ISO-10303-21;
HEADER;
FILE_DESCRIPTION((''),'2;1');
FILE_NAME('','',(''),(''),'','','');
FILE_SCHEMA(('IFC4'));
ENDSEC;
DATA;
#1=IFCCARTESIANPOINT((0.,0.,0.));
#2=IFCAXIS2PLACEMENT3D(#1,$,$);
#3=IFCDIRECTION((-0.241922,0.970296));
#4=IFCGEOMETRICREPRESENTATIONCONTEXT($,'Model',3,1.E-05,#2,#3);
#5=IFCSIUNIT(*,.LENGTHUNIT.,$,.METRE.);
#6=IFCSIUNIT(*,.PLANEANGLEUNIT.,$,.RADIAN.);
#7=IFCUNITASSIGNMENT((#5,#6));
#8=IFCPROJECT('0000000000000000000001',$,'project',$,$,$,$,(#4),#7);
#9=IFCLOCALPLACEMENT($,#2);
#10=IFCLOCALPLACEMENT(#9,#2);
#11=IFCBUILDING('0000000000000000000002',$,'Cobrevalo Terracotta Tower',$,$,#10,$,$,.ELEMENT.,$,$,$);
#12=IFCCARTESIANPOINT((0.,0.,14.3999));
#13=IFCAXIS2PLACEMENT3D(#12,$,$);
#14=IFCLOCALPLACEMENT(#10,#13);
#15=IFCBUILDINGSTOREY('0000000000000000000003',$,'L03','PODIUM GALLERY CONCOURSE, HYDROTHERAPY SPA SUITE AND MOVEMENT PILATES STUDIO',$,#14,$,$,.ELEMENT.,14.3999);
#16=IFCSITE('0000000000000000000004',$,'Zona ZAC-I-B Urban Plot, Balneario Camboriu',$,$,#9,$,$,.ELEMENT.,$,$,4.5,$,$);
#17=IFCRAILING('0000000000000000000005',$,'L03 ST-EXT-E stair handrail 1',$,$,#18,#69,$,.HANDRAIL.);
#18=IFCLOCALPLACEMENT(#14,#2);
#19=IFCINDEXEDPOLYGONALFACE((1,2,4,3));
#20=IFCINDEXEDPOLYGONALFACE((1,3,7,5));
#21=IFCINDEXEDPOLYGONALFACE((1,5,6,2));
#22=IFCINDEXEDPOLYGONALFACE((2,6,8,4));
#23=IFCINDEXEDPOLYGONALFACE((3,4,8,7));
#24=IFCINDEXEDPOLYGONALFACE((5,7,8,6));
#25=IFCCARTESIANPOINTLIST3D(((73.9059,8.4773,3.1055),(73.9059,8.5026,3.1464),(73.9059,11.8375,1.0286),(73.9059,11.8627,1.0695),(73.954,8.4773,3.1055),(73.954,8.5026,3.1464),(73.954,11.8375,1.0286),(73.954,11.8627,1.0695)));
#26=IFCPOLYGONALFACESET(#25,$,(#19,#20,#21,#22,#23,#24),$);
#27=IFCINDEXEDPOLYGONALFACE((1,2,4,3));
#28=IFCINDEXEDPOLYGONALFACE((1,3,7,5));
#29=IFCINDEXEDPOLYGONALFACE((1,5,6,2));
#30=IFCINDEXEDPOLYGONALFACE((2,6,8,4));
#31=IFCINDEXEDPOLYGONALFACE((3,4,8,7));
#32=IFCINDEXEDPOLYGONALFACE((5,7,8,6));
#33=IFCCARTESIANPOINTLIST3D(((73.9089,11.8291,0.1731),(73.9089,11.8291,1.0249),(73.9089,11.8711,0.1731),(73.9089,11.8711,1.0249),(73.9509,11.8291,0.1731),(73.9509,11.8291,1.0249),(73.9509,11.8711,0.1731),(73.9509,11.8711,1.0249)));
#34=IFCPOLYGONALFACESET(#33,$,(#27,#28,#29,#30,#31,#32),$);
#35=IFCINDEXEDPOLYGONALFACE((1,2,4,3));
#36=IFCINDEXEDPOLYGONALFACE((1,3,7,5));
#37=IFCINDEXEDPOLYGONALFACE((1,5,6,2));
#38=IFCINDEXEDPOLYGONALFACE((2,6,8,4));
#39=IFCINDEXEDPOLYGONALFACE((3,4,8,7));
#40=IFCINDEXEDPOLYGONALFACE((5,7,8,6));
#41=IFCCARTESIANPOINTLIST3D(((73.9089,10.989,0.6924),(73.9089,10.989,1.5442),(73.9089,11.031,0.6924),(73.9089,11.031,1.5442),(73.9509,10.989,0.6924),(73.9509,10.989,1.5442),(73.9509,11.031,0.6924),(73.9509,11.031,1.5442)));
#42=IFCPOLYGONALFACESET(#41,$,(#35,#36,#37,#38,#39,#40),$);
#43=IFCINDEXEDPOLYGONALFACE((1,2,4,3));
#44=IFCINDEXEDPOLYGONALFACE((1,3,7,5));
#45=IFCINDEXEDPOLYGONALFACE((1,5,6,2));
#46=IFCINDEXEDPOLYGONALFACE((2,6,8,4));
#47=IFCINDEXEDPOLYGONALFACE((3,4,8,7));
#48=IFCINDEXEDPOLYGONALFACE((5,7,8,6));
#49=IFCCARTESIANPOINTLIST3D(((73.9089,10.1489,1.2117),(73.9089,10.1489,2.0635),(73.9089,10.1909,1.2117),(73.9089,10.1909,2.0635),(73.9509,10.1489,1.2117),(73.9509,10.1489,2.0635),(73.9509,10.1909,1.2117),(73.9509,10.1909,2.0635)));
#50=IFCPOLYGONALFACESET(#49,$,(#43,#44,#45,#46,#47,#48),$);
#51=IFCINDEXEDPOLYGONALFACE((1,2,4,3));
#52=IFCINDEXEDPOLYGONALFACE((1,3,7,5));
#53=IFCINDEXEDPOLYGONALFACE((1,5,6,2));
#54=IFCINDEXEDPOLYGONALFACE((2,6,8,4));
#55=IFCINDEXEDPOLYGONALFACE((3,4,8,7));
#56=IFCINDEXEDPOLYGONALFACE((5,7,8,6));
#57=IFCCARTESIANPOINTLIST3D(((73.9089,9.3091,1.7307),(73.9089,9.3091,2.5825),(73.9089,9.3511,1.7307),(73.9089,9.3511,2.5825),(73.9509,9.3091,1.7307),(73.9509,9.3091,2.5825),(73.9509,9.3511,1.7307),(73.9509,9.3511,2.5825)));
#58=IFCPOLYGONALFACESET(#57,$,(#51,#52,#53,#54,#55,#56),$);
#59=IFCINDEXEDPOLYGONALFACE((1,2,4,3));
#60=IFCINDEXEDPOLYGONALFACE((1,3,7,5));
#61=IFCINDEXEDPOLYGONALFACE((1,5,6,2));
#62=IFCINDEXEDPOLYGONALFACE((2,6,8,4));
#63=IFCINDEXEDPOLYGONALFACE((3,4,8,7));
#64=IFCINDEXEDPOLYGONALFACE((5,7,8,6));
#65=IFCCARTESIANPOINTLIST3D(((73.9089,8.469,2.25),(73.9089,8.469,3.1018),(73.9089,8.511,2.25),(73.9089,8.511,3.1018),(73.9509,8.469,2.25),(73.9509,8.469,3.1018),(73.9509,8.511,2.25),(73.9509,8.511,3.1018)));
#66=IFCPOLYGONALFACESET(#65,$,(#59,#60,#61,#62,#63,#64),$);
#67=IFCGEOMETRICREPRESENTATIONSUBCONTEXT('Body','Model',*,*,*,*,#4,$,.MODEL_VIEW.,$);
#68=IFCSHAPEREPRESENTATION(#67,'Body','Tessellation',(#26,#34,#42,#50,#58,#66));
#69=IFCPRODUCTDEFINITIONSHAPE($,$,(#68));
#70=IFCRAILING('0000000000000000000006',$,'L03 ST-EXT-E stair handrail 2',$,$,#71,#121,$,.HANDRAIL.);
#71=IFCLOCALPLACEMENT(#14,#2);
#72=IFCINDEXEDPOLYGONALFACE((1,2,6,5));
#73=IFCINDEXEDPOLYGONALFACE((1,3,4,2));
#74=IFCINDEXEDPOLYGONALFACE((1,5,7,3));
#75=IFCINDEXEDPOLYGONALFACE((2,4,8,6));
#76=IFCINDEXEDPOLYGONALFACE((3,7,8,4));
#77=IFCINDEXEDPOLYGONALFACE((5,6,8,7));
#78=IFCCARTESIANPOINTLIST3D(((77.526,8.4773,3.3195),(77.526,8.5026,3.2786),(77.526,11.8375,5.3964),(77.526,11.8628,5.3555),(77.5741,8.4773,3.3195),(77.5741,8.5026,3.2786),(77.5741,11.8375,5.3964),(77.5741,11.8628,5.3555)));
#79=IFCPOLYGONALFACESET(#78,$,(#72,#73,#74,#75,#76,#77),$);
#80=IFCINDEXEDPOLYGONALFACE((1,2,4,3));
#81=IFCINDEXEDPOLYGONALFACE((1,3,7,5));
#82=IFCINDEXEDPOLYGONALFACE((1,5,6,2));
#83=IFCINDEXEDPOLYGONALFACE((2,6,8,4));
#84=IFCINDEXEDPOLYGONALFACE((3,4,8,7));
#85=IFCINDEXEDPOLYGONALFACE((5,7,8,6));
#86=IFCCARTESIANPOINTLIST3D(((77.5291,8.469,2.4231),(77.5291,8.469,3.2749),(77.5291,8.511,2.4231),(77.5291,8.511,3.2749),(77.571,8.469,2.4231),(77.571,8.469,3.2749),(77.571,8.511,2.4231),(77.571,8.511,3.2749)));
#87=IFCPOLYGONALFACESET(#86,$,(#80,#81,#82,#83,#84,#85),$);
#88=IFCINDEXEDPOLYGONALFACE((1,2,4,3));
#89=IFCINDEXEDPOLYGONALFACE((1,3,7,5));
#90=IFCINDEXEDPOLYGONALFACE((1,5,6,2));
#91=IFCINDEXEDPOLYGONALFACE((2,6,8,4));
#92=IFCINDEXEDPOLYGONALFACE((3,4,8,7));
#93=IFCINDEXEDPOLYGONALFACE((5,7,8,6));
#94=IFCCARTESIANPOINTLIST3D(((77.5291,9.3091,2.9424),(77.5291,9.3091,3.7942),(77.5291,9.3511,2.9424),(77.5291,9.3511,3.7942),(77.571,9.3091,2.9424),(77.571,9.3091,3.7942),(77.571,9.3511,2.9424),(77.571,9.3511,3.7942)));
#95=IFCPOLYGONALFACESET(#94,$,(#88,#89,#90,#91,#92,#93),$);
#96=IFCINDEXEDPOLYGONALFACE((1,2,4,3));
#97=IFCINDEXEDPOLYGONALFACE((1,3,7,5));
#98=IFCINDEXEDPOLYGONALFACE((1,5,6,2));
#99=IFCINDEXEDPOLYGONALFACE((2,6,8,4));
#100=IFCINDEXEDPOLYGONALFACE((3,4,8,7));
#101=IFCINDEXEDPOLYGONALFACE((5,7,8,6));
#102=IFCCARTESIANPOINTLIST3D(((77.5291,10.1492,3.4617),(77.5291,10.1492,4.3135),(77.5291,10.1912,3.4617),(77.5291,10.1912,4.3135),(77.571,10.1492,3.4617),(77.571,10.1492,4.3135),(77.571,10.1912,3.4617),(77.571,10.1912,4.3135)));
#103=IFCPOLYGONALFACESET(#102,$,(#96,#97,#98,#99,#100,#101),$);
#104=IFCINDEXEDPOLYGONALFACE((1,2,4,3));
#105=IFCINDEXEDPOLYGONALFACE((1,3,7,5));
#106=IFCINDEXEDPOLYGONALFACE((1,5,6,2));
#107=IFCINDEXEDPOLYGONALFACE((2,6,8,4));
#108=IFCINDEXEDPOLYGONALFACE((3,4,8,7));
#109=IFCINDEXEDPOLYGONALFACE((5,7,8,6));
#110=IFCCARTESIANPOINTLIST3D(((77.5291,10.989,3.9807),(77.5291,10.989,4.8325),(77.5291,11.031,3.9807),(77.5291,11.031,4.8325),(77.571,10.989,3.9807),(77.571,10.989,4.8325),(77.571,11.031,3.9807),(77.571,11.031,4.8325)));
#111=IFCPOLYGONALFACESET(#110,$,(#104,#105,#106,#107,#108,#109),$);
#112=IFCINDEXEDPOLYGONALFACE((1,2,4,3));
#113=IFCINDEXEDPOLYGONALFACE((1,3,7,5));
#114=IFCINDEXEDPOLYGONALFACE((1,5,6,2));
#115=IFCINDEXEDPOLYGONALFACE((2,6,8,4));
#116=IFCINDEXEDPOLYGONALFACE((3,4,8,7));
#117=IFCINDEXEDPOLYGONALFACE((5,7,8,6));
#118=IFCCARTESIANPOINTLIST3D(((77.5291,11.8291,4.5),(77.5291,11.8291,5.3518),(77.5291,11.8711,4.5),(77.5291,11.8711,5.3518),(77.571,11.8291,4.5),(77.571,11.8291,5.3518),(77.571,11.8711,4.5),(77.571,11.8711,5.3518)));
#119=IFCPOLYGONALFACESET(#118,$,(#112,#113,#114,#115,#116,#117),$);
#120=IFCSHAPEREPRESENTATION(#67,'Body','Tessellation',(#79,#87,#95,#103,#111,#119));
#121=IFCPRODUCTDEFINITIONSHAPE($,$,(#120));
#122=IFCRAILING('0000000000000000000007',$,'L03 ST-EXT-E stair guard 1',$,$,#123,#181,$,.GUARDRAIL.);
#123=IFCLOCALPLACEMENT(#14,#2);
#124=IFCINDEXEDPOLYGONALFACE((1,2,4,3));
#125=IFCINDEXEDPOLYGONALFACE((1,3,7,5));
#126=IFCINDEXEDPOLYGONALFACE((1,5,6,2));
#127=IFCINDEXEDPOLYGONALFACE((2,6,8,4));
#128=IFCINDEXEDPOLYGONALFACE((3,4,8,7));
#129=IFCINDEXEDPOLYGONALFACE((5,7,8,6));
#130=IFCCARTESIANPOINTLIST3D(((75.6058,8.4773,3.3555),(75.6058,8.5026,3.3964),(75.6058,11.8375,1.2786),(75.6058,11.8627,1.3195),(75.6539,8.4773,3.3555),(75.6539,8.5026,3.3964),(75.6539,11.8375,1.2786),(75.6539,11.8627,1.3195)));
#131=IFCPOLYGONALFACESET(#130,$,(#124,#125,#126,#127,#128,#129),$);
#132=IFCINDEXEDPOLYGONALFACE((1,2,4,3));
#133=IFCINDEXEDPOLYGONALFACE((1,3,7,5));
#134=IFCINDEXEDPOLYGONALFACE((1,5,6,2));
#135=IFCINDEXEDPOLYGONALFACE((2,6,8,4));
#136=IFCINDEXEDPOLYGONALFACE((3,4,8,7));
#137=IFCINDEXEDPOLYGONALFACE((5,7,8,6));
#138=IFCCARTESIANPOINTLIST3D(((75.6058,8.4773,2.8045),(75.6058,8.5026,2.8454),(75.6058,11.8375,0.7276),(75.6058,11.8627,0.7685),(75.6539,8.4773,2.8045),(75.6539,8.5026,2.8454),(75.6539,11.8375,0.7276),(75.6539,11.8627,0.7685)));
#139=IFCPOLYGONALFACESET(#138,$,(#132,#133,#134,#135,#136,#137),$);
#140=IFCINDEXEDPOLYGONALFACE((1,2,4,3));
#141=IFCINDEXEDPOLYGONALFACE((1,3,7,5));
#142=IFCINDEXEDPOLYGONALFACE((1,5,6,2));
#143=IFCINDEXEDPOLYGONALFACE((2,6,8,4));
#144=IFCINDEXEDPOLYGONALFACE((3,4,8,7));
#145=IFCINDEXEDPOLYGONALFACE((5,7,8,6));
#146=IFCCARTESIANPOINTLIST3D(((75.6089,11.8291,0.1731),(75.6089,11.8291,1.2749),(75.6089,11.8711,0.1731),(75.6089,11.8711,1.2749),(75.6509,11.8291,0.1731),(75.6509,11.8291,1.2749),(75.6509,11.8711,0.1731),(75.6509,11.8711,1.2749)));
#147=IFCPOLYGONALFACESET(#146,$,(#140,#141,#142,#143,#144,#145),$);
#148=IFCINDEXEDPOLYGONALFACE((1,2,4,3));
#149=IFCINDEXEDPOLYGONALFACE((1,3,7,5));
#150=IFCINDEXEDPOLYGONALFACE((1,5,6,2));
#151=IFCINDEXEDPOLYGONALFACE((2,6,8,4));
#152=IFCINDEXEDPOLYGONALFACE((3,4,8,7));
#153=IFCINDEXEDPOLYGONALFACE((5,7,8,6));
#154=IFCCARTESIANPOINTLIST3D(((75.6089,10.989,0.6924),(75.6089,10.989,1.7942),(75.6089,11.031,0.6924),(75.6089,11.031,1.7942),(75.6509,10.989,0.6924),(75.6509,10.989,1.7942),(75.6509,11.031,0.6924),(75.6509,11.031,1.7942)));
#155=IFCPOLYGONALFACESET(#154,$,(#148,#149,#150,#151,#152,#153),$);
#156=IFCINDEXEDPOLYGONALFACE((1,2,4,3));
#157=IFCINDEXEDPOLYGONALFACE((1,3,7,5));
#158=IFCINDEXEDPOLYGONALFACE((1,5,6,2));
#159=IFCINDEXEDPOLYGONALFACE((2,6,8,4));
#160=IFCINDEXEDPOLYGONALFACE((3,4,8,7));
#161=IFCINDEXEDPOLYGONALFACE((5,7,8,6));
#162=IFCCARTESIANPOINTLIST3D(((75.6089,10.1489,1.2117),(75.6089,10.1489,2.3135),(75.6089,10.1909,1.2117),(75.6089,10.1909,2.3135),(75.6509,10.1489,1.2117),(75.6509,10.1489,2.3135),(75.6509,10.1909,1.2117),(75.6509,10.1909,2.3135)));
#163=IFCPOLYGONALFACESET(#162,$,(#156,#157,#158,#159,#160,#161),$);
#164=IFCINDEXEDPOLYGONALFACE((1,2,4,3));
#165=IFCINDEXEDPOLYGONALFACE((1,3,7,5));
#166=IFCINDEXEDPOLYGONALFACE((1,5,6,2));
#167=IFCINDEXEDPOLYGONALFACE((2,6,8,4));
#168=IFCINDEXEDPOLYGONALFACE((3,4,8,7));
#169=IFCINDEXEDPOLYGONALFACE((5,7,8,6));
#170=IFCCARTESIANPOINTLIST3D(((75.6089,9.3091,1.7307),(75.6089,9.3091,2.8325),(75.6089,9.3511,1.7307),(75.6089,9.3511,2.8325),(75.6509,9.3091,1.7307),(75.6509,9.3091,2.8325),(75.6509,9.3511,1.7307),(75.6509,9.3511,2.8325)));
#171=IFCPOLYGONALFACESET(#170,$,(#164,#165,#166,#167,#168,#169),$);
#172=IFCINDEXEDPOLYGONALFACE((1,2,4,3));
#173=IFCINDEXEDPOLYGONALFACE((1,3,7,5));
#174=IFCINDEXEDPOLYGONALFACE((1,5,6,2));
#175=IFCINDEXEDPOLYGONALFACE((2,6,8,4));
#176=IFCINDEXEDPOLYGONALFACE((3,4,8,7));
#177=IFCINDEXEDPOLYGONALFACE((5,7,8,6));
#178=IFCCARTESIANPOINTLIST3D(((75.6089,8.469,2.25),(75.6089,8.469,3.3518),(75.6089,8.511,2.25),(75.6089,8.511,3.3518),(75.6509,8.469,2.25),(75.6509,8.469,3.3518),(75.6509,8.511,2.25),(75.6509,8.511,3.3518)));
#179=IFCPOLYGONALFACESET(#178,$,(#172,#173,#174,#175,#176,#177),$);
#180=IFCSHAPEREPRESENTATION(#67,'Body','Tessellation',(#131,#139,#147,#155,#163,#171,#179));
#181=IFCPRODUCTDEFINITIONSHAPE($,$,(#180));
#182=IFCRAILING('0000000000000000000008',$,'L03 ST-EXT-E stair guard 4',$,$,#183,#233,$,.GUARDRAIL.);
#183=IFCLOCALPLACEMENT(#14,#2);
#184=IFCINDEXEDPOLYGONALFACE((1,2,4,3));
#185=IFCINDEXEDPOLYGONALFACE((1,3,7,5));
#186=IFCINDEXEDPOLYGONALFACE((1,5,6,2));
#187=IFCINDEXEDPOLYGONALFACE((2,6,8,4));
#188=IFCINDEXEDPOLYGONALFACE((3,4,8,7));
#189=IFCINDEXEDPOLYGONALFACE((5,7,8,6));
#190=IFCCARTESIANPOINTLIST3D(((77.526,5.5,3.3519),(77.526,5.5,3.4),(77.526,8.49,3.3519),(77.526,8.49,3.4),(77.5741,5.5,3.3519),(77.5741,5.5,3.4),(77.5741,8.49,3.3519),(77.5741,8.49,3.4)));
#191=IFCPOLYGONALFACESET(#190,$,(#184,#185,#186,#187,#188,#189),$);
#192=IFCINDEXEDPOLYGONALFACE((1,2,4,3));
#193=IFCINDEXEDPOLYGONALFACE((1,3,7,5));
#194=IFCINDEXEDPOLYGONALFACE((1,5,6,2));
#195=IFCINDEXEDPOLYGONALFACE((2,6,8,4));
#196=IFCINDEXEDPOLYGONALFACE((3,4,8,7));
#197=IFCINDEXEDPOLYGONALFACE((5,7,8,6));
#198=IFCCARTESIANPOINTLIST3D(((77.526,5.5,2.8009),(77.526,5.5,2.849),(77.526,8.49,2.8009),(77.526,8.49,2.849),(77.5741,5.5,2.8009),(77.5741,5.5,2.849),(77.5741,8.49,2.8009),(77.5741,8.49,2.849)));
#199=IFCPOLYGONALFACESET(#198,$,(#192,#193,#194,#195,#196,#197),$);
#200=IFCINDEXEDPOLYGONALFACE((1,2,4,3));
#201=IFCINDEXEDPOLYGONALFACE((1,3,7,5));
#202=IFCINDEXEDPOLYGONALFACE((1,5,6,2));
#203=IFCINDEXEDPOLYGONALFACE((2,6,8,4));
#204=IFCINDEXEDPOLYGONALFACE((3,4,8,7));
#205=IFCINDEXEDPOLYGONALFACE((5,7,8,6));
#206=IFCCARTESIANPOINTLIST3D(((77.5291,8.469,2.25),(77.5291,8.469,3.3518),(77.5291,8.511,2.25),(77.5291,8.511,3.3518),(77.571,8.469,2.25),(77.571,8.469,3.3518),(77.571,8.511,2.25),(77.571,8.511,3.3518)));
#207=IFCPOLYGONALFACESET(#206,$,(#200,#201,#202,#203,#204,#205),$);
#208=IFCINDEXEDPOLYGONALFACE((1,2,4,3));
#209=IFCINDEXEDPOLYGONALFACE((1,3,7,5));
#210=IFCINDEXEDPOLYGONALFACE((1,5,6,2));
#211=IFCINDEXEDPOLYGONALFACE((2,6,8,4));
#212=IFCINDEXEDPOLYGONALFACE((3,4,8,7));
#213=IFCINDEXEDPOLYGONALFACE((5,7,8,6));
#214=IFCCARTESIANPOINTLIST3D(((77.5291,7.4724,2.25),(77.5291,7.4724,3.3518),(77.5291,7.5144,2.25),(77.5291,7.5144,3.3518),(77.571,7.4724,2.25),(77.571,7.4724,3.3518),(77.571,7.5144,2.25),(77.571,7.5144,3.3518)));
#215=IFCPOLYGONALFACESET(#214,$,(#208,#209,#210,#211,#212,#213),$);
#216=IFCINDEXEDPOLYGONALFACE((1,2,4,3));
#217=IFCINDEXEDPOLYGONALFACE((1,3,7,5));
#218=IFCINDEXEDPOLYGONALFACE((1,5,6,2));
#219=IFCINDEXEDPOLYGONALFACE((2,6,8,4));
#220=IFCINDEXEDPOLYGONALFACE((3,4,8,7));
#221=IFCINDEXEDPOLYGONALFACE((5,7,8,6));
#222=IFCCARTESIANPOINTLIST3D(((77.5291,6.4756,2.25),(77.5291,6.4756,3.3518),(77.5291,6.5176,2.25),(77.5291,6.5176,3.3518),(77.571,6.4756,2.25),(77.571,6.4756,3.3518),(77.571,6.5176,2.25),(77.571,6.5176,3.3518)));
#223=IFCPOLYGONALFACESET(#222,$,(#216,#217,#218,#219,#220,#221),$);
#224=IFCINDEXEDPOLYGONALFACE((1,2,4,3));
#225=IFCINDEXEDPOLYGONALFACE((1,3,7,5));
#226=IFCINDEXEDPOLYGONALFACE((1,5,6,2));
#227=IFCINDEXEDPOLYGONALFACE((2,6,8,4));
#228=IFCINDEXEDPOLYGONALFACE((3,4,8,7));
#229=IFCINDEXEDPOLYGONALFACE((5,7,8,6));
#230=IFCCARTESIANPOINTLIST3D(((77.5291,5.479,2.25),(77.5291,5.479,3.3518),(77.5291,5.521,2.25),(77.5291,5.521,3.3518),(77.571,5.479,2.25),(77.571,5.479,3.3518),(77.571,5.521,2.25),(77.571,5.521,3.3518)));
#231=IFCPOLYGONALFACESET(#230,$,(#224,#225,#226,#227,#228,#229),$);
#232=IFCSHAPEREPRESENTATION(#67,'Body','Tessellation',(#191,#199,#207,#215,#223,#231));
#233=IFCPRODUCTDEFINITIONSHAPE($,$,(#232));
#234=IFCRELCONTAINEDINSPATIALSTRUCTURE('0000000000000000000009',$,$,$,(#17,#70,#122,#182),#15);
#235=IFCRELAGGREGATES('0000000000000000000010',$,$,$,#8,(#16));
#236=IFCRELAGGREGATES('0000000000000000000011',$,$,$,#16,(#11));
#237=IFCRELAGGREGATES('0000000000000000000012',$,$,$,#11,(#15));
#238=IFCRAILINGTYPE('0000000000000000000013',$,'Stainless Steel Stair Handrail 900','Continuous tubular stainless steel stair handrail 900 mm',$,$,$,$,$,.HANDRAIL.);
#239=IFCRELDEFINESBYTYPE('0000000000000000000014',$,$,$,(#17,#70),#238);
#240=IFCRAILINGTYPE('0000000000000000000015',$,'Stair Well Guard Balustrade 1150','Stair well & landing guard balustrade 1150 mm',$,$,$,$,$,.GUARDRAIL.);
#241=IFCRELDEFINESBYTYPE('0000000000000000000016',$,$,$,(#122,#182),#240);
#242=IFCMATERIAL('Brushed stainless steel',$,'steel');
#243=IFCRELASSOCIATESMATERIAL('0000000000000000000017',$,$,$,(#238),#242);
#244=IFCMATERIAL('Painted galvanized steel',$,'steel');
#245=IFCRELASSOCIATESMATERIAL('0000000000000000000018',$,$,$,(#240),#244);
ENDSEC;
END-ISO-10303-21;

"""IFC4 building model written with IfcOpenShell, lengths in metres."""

from ifc_helpers import new_model, si_unit, direction, frame, origin, origin_2d, place, context, subcontext, project, spatial, rectangle, extrude, material, type_object, element, save


model = new_model("IFC4")

# Units and contexts
model_context = context("Model", 3, precision=1e-05, world=origin(), true_north=direction((-0.241922, 0.970296)))
body_context = subcontext(model_context, "Body", "Model", "MODEL_VIEW")
ifc_project = project(units=[si_unit("LENGTHUNIT", "METRE"), si_unit("PLANEANGLEUNIT", "RADIAN")], contexts=[model_context])

# Site, building, storey
site_placement = place(None, origin())
site = spatial("IfcSite", under=ifc_project, at=site_placement, Name="Zona ZAC-I-B Urban Plot, Balneario Camboriu", CompositionType="ELEMENT", RefElevation=4.5)
building_placement = place(site_placement, origin())
building = spatial("IfcBuilding", under=site, at=building_placement, Name="Cobrevalo Terracotta Tower", CompositionType="ELEMENT")
storey_placement = place(building_placement, frame((0.0, 0.0, 14.3999)))
storey = spatial("IfcBuildingStorey", under=building, at=storey_placement, Name="L03", Description="PODIUM GALLERY CONCOURSE, HYDROTHERAPY SPA SUITE AND MOVEMENT PILATES STUDIO", CompositionType="ELEMENT", Elevation=14.3999)

# Railings
ifc_material_1 = material(Name="Brushed stainless steel", Category="steel")
railing_type_1 = type_object("IfcRailingType", Name="Stainless Steel Stair Handrail 900", Description="Continuous tubular stainless steel stair handrail 900 mm", PredefinedType="HANDRAIL", material=ifc_material_1)
railing_1_placement = place(storey_placement, frame((73.9299, 11.8501, 0.1731)))
element("IfcRailing", 1, at=railing_1_placement, inside=storey, type_object=railing_type_1, Name="L03 ST-EXT-E stair handrail 1", PredefinedType="HANDRAIL", context=body_context, shape_type="SweptSolid", body=[
    extrude(rectangle(XDim=0.0481, YDim=0.0481, at=origin_2d()), frame((0.0, 0.0, 0.876), z_axis=(0.0, -0.850623, 0.525776), x_axis=(1.0, 0.0, 0.0)), (0.0, 0.0, 1.0), 3.9502),
    extrude(rectangle(XDim=0.042, YDim=0.042, at=origin_2d()), origin(), (0.0, 0.0, 1.0), 0.8518),
    extrude(rectangle(XDim=0.042, YDim=0.042, at=origin_2d()), frame((0.0, -0.8401, 0.5193)), (0.0, 0.0, 1.0), 0.8518),
    extrude(rectangle(XDim=0.042, YDim=0.042, at=origin_2d()), frame((0.0, -1.6802, 1.0386)), (0.0, 0.0, 1.0), 0.8518),
    extrude(rectangle(XDim=0.042, YDim=0.042, at=origin_2d()), frame((0.0, -2.52, 1.5576)), (0.0, 0.0, 1.0), 0.8518),
    extrude(rectangle(XDim=0.042, YDim=0.042, at=origin_2d()), frame((0.0, -3.3601, 2.0769)), (0.0, 0.0, 1.0), 0.8518),
])
railing_2_placement = place(storey_placement, frame((77.55, 8.49, 2.4231)))
element("IfcRailing", 2, at=railing_2_placement, inside=storey, type_object=railing_type_1, Name="L03 ST-EXT-E stair handrail 2", PredefinedType="HANDRAIL", context=body_context, shape_type="SweptSolid", body=[
    extrude(rectangle(XDim=0.0481, YDim=0.0481, at=origin_2d()), frame((0.0, 0.0, 0.876), z_axis=(0.0, 0.850623, 0.525776), x_axis=(-1.0, 0.0, 0.0)), (0.0, 0.0, 1.0), 3.9502),
    extrude(rectangle(XDim=0.042, YDim=0.042, at=origin_2d()), origin(), (0.0, 0.0, 1.0), 0.8518),
    extrude(rectangle(XDim=0.042, YDim=0.042, at=origin_2d()), frame((0.0, 0.8401, 0.5193)), (0.0, 0.0, 1.0), 0.8518),
    extrude(rectangle(XDim=0.042, YDim=0.042, at=origin_2d()), frame((0.0, 1.6802, 1.0386)), (0.0, 0.0, 1.0), 0.8518),
    extrude(rectangle(XDim=0.042, YDim=0.042, at=origin_2d()), frame((0.0, 2.52, 1.5576)), (0.0, 0.0, 1.0), 0.8518),
    extrude(rectangle(XDim=0.042, YDim=0.042, at=origin_2d()), frame((0.0, 3.3601, 2.0769)), (0.0, 0.0, 1.0), 0.8518),
])
ifc_material_2 = material(Name="Painted galvanized steel", Category="steel")
railing_type_2 = type_object("IfcRailingType", Name="Stair Well Guard Balustrade 1150", Description="Stair well & landing guard balustrade 1150 mm", PredefinedType="GUARDRAIL", material=ifc_material_2)
railing_3_placement = place(storey_placement, frame((75.6299, 11.8501, 0.1731)))
element("IfcRailing", 3, at=railing_3_placement, inside=storey, type_object=railing_type_2, Name="L03 ST-EXT-E stair guard 1", PredefinedType="GUARDRAIL", context=body_context, shape_type="SweptSolid", body=[
    extrude(rectangle(XDim=0.0481, YDim=0.0481, at=origin_2d()), frame((0.0, 0.0, 1.126), z_axis=(0.0, -0.850623, 0.525776), x_axis=(1.0, 0.0, 0.0)), (0.0, 0.0, 1.0), 3.9502),
    extrude(rectangle(XDim=0.0481, YDim=0.0481, at=origin_2d()), frame((0.0, 0.0, 0.575), z_axis=(0.0, -0.850623, 0.525776), x_axis=(1.0, 0.0, 0.0)), (0.0, 0.0, 1.0), 3.9502),
    extrude(rectangle(XDim=0.042, YDim=0.042, at=origin_2d()), origin(), (0.0, 0.0, 1.0), 1.1018),
    extrude(rectangle(XDim=0.042, YDim=0.042, at=origin_2d()), frame((0.0, -0.8401, 0.5193)), (0.0, 0.0, 1.0), 1.1018),
    extrude(rectangle(XDim=0.042, YDim=0.042, at=origin_2d()), frame((0.0, -1.6802, 1.0386)), (0.0, 0.0, 1.0), 1.1018),
    extrude(rectangle(XDim=0.042, YDim=0.042, at=origin_2d()), frame((0.0, -2.52, 1.5576)), (0.0, 0.0, 1.0), 1.1018),
    extrude(rectangle(XDim=0.042, YDim=0.042, at=origin_2d()), frame((0.0, -3.3601, 2.0769)), (0.0, 0.0, 1.0), 1.1018),
])
railing_4_placement = place(storey_placement, frame((77.55, 8.49, 2.25)))
element("IfcRailing", 4, at=railing_4_placement, inside=storey, type_object=railing_type_2, Name="L03 ST-EXT-E stair guard 4", PredefinedType="GUARDRAIL", context=body_context, shape_type="SweptSolid", body=[
    extrude(rectangle(XDim=0.0481, YDim=0.0481, at=origin_2d()), frame((0.0, 0.0, 1.126), z_axis=(0.0, -1.0, 0.0), x_axis=(1.0, 0.0, 0.0)), (0.0, 0.0, 1.0), 2.99),
    extrude(rectangle(XDim=0.0481, YDim=0.0481, at=origin_2d()), frame((0.0, 0.0, 0.575), z_axis=(0.0, -1.0, 0.0), x_axis=(1.0, 0.0, 0.0)), (0.0, 0.0, 1.0), 2.99),
    extrude(rectangle(XDim=0.042, YDim=0.042, at=origin_2d()), origin(), (0.0, 0.0, 1.0), 1.1018),
    extrude(rectangle(XDim=0.042, YDim=0.042, at=origin_2d()), frame((0.0, -0.9966, 0.0)), (0.0, 0.0, 1.0), 1.1018),
    extrude(rectangle(XDim=0.042, YDim=0.042, at=origin_2d()), frame((0.0, -1.9934, 0.0)), (0.0, 0.0, 1.0), 1.1018),
    extrude(rectangle(XDim=0.042, YDim=0.042, at=origin_2d()), frame((0.0, -2.99, 0.0)), (0.0, 0.0, 1.0), 1.1018),
])

save(model, "model.ifc")
